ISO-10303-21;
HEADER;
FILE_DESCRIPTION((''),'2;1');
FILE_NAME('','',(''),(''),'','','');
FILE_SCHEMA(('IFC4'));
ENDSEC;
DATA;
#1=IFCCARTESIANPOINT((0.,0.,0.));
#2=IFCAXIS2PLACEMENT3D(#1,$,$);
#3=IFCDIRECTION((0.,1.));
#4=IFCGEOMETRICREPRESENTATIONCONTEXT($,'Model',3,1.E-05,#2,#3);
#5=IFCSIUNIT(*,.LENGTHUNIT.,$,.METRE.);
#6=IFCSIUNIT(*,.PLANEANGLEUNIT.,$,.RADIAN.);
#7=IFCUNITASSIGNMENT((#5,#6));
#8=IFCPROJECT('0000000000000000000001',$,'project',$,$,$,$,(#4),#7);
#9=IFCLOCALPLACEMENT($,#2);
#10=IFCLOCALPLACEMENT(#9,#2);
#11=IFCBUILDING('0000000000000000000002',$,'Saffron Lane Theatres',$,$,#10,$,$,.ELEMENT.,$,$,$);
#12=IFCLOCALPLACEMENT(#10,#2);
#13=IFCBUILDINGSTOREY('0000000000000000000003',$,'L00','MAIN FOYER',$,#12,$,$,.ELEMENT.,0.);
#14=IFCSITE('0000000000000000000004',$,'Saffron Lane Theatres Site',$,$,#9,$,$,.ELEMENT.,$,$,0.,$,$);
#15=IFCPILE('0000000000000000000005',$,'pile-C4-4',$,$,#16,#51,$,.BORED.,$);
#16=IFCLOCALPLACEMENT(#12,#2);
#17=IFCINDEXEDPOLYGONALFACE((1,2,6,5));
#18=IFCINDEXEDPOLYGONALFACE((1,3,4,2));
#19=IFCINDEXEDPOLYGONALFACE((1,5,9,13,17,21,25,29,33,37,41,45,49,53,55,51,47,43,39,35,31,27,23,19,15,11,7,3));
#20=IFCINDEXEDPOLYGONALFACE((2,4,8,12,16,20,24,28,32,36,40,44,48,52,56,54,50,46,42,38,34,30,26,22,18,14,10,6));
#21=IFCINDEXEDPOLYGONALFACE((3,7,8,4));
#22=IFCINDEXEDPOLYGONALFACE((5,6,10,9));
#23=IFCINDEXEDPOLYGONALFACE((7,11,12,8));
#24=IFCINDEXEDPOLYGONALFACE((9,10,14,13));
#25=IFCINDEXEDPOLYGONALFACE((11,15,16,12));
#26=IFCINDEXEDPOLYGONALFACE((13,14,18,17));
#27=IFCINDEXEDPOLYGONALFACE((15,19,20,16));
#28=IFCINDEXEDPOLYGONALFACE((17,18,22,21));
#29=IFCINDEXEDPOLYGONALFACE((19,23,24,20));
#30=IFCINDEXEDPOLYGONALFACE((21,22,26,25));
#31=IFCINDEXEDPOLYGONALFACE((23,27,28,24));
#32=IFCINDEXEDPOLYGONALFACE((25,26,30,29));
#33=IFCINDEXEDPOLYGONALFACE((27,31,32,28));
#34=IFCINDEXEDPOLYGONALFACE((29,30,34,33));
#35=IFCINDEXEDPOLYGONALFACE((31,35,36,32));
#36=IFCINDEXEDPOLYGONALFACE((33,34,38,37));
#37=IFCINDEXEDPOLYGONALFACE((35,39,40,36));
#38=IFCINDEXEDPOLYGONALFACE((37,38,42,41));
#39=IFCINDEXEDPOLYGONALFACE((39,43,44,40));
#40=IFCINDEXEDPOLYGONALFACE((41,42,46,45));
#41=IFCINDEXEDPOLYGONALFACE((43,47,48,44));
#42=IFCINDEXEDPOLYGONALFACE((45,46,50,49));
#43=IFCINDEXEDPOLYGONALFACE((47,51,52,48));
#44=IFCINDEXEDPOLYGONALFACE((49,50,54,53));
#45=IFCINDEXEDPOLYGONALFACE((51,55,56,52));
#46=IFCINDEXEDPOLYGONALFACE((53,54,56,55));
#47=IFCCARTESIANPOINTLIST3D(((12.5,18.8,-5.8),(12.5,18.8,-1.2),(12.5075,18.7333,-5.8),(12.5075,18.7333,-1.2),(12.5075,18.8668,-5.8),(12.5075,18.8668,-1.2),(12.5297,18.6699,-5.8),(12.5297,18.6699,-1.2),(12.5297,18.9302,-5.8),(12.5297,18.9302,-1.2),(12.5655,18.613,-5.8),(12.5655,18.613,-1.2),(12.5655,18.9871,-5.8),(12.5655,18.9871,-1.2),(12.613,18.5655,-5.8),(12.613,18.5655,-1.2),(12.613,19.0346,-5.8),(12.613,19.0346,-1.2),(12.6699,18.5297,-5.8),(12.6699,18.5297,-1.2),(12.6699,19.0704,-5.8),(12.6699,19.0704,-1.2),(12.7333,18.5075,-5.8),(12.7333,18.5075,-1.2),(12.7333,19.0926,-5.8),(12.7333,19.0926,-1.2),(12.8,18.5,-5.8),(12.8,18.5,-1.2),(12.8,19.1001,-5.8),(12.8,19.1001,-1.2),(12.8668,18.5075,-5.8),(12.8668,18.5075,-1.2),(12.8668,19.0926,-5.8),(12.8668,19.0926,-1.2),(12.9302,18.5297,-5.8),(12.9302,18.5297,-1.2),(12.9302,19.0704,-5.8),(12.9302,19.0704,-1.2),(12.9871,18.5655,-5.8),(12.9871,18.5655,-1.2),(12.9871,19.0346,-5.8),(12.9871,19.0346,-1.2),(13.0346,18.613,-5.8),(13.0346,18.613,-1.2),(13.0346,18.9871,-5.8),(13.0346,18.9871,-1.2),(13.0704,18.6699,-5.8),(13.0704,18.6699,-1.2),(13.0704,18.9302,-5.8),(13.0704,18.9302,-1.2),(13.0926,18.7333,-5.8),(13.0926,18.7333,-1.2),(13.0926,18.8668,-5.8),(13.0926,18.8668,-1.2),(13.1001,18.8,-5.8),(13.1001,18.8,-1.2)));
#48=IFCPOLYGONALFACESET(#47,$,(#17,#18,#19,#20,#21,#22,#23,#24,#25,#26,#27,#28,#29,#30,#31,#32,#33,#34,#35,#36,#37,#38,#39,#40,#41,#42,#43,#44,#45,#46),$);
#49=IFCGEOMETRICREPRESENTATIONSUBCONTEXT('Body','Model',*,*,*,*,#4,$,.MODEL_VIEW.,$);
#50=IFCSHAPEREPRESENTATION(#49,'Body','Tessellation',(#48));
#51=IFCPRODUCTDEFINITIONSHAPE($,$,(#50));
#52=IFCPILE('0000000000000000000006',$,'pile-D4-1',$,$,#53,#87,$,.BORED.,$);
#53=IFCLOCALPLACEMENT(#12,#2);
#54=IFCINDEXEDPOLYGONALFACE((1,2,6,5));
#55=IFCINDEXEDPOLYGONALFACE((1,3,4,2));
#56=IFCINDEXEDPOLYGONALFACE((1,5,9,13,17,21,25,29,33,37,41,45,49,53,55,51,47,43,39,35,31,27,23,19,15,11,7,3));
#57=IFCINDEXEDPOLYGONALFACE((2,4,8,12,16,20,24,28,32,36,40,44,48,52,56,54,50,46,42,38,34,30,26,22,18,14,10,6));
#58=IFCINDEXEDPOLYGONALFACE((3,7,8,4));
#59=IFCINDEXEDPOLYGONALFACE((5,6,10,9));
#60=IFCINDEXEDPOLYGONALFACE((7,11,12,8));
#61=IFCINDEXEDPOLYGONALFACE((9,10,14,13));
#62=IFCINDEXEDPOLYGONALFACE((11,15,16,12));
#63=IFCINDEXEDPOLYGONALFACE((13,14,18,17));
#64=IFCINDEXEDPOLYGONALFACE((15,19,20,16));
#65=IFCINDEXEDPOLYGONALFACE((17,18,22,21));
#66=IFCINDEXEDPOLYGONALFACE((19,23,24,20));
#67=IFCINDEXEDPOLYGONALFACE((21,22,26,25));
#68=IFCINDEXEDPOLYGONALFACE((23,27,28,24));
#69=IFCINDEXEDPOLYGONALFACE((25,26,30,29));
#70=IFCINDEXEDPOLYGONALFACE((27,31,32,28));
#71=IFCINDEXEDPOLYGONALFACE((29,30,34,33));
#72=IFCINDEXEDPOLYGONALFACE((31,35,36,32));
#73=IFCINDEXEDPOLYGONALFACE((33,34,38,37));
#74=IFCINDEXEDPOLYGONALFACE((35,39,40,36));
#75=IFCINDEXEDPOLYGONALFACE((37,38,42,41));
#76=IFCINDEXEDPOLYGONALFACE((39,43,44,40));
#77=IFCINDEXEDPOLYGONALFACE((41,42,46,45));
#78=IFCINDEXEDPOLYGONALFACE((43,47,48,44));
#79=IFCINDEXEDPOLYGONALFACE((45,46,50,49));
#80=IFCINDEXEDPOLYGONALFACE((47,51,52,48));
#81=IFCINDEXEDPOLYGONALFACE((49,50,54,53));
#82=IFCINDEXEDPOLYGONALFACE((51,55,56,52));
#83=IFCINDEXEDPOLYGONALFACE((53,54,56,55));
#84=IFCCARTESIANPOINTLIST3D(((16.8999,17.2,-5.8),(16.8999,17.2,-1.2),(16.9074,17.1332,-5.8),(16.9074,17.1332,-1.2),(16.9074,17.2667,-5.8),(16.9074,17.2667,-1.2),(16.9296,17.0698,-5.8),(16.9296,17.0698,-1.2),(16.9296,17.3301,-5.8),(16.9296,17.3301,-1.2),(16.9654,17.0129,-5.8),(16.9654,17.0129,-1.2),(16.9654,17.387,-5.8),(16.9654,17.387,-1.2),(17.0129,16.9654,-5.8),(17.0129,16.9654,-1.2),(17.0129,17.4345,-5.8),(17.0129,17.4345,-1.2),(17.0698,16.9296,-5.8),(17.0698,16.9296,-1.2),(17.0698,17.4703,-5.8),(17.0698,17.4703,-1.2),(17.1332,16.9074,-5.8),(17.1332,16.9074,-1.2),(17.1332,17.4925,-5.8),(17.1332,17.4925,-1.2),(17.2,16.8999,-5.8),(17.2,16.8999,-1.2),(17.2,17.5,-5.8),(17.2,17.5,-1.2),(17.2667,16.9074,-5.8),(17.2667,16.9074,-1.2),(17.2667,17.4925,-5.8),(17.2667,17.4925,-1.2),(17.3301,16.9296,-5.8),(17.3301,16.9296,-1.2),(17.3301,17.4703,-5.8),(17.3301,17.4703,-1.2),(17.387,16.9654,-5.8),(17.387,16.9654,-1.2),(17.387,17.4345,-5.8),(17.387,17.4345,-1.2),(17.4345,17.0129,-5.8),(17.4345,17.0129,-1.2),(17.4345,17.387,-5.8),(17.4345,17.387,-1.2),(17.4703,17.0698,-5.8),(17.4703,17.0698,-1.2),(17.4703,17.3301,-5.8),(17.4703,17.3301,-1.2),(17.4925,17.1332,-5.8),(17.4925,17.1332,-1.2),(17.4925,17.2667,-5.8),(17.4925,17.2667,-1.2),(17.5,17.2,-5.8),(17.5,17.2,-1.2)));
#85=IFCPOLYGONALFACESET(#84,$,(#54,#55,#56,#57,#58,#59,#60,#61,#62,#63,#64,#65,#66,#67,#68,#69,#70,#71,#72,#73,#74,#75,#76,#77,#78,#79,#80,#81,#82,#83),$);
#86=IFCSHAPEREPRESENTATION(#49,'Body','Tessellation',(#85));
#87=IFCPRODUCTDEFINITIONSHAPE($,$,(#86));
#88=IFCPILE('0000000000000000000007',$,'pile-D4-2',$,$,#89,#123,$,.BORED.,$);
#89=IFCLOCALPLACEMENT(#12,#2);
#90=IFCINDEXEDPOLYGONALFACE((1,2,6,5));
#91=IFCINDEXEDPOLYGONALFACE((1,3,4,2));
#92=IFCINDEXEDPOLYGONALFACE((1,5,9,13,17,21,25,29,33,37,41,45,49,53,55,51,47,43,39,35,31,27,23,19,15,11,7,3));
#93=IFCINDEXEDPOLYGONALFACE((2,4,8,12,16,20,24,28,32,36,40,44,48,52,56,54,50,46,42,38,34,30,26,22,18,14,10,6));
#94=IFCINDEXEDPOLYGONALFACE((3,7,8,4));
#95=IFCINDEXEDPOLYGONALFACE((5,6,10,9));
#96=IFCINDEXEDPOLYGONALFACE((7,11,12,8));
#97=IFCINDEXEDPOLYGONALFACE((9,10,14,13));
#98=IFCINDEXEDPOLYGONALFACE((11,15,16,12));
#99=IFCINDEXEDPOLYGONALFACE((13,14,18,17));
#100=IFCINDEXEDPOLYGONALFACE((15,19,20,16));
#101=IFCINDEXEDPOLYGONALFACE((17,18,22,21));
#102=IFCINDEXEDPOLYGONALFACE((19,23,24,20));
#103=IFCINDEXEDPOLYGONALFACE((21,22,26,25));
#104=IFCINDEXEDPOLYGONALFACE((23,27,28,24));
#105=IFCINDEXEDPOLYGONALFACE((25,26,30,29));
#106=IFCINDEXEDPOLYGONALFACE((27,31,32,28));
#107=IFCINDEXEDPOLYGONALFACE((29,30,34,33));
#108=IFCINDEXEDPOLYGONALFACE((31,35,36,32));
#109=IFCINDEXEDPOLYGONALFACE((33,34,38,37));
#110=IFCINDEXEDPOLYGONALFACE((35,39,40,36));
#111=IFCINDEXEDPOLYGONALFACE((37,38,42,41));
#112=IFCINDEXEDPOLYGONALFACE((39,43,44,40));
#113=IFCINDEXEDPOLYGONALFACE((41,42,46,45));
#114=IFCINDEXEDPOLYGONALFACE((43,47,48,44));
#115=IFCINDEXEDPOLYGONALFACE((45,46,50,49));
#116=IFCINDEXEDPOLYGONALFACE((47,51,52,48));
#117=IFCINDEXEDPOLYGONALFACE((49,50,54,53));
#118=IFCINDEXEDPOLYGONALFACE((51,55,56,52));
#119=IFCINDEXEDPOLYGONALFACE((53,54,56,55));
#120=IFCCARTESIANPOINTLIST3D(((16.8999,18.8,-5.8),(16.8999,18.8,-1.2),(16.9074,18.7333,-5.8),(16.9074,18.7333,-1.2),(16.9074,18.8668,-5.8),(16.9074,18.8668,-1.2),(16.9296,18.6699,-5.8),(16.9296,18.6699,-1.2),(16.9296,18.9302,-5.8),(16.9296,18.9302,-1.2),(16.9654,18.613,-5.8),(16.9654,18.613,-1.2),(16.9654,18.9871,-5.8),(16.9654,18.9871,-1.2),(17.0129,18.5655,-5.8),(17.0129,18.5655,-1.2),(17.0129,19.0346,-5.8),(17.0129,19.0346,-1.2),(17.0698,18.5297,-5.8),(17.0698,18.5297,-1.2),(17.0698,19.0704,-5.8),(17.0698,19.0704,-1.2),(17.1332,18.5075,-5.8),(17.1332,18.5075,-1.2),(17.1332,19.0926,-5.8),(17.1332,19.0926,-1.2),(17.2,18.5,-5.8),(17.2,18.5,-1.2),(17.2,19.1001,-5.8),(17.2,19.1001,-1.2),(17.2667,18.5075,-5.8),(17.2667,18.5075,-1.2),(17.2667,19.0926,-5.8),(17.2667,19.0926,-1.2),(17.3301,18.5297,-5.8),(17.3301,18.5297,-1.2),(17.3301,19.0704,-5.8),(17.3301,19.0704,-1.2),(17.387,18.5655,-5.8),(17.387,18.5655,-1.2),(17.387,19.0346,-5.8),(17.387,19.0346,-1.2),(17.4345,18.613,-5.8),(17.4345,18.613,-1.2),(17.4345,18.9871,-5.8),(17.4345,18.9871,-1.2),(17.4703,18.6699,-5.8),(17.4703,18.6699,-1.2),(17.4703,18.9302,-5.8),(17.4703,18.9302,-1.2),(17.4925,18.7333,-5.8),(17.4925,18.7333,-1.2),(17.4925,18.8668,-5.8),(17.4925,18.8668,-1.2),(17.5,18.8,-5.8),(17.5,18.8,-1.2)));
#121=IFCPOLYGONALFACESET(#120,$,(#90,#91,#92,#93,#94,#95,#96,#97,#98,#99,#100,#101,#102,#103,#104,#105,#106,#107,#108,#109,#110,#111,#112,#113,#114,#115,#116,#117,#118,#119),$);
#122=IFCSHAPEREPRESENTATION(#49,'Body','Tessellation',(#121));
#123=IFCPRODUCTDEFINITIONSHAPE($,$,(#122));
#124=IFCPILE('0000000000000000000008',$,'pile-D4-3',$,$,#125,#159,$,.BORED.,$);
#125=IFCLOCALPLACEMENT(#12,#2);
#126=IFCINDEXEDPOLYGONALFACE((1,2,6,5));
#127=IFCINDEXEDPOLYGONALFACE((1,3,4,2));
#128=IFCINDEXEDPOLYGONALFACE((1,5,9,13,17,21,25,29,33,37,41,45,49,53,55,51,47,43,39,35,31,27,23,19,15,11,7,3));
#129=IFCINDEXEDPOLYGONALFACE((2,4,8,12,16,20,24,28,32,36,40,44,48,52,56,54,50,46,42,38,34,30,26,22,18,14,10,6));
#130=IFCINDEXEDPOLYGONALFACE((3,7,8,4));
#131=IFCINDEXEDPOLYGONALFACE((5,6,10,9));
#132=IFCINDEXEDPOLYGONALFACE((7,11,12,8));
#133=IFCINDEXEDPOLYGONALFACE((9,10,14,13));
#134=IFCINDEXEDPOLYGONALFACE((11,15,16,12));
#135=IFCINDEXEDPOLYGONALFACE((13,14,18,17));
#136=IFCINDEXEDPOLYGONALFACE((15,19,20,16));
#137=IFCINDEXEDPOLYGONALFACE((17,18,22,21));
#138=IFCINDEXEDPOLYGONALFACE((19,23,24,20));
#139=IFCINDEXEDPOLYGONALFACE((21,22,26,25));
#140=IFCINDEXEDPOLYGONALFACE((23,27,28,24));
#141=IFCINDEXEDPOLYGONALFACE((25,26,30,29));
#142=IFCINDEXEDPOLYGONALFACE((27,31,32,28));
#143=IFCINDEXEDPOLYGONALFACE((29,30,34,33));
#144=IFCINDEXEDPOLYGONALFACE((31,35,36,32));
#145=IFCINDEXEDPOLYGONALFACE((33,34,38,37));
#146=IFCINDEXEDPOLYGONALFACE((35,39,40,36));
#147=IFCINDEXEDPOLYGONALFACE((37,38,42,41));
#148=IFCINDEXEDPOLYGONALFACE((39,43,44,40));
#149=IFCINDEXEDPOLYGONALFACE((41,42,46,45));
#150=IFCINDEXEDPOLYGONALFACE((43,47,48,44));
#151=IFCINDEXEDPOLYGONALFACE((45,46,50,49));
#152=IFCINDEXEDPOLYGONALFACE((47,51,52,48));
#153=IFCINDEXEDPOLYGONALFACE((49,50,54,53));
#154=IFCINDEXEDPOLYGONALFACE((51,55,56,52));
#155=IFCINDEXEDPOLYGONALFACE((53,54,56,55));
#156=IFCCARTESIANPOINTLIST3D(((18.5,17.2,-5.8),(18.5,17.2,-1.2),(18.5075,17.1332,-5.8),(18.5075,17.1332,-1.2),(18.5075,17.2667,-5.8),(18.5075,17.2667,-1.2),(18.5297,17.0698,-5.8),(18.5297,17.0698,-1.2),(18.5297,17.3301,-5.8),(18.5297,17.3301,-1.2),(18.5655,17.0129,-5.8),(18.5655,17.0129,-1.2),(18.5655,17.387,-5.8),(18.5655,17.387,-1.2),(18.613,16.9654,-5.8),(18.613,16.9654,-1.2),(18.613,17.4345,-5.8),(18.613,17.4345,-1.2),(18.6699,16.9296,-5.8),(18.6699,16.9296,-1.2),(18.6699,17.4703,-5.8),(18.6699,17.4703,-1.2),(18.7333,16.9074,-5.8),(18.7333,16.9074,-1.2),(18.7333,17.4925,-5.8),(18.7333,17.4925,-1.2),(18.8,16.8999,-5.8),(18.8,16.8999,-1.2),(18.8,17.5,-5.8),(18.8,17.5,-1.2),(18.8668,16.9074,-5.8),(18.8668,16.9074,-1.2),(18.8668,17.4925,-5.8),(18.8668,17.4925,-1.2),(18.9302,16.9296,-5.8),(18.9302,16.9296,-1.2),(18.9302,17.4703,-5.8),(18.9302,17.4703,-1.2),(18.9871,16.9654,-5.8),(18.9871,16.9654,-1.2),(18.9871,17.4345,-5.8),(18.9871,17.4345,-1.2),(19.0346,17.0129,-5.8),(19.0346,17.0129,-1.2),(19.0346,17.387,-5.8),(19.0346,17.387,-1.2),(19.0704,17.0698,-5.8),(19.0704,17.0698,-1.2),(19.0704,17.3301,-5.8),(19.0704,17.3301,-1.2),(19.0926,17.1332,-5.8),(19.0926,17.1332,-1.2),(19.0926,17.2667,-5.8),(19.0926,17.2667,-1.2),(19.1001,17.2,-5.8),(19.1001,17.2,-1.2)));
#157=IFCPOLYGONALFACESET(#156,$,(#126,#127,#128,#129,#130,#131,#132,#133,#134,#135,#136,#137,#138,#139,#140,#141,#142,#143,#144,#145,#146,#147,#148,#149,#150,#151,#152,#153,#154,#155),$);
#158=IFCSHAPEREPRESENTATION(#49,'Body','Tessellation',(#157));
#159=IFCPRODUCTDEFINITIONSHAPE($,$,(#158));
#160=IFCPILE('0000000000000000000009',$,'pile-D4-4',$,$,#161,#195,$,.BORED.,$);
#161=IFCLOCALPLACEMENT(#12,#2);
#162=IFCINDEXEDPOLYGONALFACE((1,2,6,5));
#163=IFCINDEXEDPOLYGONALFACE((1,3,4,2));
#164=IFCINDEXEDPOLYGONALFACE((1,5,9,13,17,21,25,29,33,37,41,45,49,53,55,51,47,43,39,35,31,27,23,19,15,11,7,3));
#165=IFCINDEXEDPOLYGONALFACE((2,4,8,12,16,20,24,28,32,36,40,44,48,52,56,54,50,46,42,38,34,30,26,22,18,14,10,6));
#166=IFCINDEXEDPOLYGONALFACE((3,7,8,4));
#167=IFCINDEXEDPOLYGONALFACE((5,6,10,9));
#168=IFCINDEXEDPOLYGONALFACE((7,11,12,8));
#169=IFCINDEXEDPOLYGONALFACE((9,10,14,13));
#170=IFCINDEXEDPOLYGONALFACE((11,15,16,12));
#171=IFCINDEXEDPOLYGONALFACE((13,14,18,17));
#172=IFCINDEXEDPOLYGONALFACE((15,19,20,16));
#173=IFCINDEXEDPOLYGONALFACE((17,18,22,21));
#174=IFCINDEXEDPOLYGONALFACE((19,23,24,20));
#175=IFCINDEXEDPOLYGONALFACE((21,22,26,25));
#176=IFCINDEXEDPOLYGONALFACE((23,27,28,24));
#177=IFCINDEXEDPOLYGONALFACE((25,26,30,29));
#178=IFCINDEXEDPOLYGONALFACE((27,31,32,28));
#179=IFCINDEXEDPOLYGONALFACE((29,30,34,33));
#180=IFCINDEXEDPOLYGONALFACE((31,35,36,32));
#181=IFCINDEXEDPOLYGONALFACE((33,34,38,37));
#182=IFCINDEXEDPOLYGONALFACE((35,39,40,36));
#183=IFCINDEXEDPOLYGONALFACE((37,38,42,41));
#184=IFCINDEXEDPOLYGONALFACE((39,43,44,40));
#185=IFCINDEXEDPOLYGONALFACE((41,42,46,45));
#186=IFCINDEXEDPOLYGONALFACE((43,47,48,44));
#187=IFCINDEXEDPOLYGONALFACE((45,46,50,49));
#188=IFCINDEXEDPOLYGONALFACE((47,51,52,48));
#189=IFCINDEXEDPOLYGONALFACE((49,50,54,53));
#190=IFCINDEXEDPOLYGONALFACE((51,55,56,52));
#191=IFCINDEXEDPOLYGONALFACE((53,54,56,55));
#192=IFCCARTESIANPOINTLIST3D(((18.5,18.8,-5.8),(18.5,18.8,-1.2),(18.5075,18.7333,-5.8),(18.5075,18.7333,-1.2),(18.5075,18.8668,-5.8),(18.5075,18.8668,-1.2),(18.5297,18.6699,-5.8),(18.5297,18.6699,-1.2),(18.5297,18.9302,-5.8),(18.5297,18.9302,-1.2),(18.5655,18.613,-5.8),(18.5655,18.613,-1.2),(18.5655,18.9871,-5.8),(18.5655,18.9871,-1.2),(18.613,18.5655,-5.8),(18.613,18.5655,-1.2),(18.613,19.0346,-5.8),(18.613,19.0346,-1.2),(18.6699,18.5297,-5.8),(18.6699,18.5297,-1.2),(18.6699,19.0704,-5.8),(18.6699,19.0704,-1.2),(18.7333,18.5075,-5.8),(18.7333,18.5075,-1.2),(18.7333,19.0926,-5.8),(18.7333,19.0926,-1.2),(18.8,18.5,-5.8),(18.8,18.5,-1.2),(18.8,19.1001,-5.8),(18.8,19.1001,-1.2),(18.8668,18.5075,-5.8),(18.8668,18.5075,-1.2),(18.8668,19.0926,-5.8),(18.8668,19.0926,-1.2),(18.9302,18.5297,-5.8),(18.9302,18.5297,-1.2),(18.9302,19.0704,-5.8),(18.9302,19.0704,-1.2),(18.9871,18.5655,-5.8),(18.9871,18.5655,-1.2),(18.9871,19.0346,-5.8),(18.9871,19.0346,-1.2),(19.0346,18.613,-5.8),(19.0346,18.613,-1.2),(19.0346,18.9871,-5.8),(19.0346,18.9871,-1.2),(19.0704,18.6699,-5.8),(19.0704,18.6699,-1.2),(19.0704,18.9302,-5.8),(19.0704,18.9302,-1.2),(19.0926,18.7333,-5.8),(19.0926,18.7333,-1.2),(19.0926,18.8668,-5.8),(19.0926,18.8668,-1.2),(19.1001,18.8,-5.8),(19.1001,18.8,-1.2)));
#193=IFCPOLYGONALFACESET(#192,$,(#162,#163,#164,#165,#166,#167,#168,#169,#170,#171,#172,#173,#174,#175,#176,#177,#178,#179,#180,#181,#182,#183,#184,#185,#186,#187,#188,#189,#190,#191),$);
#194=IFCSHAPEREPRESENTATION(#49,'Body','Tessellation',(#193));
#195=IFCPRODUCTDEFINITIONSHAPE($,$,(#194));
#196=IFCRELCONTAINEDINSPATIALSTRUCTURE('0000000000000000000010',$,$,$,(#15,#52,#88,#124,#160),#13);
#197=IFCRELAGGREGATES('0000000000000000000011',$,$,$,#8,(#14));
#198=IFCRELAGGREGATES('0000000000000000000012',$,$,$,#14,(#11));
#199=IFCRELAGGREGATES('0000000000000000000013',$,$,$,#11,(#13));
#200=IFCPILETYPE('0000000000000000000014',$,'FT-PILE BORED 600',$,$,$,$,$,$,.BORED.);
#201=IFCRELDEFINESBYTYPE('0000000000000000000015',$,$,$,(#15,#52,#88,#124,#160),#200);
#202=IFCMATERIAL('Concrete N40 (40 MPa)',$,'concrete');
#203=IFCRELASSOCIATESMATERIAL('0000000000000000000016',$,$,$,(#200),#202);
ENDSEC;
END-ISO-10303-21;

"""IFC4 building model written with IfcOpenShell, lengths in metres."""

from ifc_helpers import new_model, si_unit, direction, frame, origin, origin_2d, place, context, subcontext, project, spatial, circle, extrude, material, material_profile, profile_set, type_object, element, save


model = new_model("IFC4")

# Units and contexts
model_context = context("Model", 3, precision=1e-05, world=origin(), true_north=direction((0.0, 1.0)))
body_context = subcontext(model_context, "Body", "Model", "MODEL_VIEW")
ifc_project = project(units=[si_unit("LENGTHUNIT", "METRE"), si_unit("PLANEANGLEUNIT", "RADIAN")], contexts=[model_context])

# Site, building, storey
site_placement = place(None, origin())
site = spatial("IfcSite", under=ifc_project, at=site_placement, Name="Saffron Lane Theatres Site", CompositionType="ELEMENT", RefElevation=0.0)
building_placement = place(site_placement, origin())
building = spatial("IfcBuilding", under=site, at=building_placement, Name="Saffron Lane Theatres", CompositionType="ELEMENT")
storey_placement = place(building_placement, origin())
storey = spatial("IfcBuildingStorey", under=building, at=storey_placement, Name="L00", Description="MAIN FOYER", CompositionType="ELEMENT", Elevation=0.0)

# Piles
ifc_material_1 = material(Name="Concrete N40 (40 MPa)", Category="concrete")
ifc_material_profile_1 = material_profile(ifc_material_1, circle(Radius=0.3, at=origin_2d()))
ifc_profile_set_1 = profile_set([ifc_material_profile_1], Name="Concrete N40 (40 MPa)")
pile_type = type_object("IfcPileType", Name="FT-PILE BORED 600", PredefinedType="BORED", material=ifc_profile_set_1)
for number, where, z_axis, x_axis, name in (
    (1, (12.8, 18.8, -1.2), (0.0, 0.0, -1.0), (1.0, 0.0, 0.0), "pile-C4-4"),
    (2, (17.2, 17.2, -1.2), (0.0, 0.0, -1.0), (1.0, 0.0, 0.0), "pile-D4-1"),
    (3, (17.2, 18.8, -1.2), (0.0, 0.0, -1.0), (1.0, 0.0, 0.0), "pile-D4-2"),
    (4, (18.8, 17.2, -1.2), (0.0, 0.0, -1.0), (1.0, 0.0, 0.0), "pile-D4-3"),
    (5, (18.8, 18.8, -1.2), (0.0, 0.0, -1.0), (1.0, 0.0, 0.0), "pile-D4-4"),
):
    element("IfcPile", number, at=place(storey_placement, frame(where, z_axis=z_axis, x_axis=x_axis)), inside=storey, type_object=pile_type, Name=name, PredefinedType="BORED", context=body_context, shape_type="SweptSolid", body=[
        extrude(circle(Radius=0.3, at=origin_2d()), origin(), (0.0, 0.0, 1.0), 4.6001),
    ])

save(model, "model.ifc")
